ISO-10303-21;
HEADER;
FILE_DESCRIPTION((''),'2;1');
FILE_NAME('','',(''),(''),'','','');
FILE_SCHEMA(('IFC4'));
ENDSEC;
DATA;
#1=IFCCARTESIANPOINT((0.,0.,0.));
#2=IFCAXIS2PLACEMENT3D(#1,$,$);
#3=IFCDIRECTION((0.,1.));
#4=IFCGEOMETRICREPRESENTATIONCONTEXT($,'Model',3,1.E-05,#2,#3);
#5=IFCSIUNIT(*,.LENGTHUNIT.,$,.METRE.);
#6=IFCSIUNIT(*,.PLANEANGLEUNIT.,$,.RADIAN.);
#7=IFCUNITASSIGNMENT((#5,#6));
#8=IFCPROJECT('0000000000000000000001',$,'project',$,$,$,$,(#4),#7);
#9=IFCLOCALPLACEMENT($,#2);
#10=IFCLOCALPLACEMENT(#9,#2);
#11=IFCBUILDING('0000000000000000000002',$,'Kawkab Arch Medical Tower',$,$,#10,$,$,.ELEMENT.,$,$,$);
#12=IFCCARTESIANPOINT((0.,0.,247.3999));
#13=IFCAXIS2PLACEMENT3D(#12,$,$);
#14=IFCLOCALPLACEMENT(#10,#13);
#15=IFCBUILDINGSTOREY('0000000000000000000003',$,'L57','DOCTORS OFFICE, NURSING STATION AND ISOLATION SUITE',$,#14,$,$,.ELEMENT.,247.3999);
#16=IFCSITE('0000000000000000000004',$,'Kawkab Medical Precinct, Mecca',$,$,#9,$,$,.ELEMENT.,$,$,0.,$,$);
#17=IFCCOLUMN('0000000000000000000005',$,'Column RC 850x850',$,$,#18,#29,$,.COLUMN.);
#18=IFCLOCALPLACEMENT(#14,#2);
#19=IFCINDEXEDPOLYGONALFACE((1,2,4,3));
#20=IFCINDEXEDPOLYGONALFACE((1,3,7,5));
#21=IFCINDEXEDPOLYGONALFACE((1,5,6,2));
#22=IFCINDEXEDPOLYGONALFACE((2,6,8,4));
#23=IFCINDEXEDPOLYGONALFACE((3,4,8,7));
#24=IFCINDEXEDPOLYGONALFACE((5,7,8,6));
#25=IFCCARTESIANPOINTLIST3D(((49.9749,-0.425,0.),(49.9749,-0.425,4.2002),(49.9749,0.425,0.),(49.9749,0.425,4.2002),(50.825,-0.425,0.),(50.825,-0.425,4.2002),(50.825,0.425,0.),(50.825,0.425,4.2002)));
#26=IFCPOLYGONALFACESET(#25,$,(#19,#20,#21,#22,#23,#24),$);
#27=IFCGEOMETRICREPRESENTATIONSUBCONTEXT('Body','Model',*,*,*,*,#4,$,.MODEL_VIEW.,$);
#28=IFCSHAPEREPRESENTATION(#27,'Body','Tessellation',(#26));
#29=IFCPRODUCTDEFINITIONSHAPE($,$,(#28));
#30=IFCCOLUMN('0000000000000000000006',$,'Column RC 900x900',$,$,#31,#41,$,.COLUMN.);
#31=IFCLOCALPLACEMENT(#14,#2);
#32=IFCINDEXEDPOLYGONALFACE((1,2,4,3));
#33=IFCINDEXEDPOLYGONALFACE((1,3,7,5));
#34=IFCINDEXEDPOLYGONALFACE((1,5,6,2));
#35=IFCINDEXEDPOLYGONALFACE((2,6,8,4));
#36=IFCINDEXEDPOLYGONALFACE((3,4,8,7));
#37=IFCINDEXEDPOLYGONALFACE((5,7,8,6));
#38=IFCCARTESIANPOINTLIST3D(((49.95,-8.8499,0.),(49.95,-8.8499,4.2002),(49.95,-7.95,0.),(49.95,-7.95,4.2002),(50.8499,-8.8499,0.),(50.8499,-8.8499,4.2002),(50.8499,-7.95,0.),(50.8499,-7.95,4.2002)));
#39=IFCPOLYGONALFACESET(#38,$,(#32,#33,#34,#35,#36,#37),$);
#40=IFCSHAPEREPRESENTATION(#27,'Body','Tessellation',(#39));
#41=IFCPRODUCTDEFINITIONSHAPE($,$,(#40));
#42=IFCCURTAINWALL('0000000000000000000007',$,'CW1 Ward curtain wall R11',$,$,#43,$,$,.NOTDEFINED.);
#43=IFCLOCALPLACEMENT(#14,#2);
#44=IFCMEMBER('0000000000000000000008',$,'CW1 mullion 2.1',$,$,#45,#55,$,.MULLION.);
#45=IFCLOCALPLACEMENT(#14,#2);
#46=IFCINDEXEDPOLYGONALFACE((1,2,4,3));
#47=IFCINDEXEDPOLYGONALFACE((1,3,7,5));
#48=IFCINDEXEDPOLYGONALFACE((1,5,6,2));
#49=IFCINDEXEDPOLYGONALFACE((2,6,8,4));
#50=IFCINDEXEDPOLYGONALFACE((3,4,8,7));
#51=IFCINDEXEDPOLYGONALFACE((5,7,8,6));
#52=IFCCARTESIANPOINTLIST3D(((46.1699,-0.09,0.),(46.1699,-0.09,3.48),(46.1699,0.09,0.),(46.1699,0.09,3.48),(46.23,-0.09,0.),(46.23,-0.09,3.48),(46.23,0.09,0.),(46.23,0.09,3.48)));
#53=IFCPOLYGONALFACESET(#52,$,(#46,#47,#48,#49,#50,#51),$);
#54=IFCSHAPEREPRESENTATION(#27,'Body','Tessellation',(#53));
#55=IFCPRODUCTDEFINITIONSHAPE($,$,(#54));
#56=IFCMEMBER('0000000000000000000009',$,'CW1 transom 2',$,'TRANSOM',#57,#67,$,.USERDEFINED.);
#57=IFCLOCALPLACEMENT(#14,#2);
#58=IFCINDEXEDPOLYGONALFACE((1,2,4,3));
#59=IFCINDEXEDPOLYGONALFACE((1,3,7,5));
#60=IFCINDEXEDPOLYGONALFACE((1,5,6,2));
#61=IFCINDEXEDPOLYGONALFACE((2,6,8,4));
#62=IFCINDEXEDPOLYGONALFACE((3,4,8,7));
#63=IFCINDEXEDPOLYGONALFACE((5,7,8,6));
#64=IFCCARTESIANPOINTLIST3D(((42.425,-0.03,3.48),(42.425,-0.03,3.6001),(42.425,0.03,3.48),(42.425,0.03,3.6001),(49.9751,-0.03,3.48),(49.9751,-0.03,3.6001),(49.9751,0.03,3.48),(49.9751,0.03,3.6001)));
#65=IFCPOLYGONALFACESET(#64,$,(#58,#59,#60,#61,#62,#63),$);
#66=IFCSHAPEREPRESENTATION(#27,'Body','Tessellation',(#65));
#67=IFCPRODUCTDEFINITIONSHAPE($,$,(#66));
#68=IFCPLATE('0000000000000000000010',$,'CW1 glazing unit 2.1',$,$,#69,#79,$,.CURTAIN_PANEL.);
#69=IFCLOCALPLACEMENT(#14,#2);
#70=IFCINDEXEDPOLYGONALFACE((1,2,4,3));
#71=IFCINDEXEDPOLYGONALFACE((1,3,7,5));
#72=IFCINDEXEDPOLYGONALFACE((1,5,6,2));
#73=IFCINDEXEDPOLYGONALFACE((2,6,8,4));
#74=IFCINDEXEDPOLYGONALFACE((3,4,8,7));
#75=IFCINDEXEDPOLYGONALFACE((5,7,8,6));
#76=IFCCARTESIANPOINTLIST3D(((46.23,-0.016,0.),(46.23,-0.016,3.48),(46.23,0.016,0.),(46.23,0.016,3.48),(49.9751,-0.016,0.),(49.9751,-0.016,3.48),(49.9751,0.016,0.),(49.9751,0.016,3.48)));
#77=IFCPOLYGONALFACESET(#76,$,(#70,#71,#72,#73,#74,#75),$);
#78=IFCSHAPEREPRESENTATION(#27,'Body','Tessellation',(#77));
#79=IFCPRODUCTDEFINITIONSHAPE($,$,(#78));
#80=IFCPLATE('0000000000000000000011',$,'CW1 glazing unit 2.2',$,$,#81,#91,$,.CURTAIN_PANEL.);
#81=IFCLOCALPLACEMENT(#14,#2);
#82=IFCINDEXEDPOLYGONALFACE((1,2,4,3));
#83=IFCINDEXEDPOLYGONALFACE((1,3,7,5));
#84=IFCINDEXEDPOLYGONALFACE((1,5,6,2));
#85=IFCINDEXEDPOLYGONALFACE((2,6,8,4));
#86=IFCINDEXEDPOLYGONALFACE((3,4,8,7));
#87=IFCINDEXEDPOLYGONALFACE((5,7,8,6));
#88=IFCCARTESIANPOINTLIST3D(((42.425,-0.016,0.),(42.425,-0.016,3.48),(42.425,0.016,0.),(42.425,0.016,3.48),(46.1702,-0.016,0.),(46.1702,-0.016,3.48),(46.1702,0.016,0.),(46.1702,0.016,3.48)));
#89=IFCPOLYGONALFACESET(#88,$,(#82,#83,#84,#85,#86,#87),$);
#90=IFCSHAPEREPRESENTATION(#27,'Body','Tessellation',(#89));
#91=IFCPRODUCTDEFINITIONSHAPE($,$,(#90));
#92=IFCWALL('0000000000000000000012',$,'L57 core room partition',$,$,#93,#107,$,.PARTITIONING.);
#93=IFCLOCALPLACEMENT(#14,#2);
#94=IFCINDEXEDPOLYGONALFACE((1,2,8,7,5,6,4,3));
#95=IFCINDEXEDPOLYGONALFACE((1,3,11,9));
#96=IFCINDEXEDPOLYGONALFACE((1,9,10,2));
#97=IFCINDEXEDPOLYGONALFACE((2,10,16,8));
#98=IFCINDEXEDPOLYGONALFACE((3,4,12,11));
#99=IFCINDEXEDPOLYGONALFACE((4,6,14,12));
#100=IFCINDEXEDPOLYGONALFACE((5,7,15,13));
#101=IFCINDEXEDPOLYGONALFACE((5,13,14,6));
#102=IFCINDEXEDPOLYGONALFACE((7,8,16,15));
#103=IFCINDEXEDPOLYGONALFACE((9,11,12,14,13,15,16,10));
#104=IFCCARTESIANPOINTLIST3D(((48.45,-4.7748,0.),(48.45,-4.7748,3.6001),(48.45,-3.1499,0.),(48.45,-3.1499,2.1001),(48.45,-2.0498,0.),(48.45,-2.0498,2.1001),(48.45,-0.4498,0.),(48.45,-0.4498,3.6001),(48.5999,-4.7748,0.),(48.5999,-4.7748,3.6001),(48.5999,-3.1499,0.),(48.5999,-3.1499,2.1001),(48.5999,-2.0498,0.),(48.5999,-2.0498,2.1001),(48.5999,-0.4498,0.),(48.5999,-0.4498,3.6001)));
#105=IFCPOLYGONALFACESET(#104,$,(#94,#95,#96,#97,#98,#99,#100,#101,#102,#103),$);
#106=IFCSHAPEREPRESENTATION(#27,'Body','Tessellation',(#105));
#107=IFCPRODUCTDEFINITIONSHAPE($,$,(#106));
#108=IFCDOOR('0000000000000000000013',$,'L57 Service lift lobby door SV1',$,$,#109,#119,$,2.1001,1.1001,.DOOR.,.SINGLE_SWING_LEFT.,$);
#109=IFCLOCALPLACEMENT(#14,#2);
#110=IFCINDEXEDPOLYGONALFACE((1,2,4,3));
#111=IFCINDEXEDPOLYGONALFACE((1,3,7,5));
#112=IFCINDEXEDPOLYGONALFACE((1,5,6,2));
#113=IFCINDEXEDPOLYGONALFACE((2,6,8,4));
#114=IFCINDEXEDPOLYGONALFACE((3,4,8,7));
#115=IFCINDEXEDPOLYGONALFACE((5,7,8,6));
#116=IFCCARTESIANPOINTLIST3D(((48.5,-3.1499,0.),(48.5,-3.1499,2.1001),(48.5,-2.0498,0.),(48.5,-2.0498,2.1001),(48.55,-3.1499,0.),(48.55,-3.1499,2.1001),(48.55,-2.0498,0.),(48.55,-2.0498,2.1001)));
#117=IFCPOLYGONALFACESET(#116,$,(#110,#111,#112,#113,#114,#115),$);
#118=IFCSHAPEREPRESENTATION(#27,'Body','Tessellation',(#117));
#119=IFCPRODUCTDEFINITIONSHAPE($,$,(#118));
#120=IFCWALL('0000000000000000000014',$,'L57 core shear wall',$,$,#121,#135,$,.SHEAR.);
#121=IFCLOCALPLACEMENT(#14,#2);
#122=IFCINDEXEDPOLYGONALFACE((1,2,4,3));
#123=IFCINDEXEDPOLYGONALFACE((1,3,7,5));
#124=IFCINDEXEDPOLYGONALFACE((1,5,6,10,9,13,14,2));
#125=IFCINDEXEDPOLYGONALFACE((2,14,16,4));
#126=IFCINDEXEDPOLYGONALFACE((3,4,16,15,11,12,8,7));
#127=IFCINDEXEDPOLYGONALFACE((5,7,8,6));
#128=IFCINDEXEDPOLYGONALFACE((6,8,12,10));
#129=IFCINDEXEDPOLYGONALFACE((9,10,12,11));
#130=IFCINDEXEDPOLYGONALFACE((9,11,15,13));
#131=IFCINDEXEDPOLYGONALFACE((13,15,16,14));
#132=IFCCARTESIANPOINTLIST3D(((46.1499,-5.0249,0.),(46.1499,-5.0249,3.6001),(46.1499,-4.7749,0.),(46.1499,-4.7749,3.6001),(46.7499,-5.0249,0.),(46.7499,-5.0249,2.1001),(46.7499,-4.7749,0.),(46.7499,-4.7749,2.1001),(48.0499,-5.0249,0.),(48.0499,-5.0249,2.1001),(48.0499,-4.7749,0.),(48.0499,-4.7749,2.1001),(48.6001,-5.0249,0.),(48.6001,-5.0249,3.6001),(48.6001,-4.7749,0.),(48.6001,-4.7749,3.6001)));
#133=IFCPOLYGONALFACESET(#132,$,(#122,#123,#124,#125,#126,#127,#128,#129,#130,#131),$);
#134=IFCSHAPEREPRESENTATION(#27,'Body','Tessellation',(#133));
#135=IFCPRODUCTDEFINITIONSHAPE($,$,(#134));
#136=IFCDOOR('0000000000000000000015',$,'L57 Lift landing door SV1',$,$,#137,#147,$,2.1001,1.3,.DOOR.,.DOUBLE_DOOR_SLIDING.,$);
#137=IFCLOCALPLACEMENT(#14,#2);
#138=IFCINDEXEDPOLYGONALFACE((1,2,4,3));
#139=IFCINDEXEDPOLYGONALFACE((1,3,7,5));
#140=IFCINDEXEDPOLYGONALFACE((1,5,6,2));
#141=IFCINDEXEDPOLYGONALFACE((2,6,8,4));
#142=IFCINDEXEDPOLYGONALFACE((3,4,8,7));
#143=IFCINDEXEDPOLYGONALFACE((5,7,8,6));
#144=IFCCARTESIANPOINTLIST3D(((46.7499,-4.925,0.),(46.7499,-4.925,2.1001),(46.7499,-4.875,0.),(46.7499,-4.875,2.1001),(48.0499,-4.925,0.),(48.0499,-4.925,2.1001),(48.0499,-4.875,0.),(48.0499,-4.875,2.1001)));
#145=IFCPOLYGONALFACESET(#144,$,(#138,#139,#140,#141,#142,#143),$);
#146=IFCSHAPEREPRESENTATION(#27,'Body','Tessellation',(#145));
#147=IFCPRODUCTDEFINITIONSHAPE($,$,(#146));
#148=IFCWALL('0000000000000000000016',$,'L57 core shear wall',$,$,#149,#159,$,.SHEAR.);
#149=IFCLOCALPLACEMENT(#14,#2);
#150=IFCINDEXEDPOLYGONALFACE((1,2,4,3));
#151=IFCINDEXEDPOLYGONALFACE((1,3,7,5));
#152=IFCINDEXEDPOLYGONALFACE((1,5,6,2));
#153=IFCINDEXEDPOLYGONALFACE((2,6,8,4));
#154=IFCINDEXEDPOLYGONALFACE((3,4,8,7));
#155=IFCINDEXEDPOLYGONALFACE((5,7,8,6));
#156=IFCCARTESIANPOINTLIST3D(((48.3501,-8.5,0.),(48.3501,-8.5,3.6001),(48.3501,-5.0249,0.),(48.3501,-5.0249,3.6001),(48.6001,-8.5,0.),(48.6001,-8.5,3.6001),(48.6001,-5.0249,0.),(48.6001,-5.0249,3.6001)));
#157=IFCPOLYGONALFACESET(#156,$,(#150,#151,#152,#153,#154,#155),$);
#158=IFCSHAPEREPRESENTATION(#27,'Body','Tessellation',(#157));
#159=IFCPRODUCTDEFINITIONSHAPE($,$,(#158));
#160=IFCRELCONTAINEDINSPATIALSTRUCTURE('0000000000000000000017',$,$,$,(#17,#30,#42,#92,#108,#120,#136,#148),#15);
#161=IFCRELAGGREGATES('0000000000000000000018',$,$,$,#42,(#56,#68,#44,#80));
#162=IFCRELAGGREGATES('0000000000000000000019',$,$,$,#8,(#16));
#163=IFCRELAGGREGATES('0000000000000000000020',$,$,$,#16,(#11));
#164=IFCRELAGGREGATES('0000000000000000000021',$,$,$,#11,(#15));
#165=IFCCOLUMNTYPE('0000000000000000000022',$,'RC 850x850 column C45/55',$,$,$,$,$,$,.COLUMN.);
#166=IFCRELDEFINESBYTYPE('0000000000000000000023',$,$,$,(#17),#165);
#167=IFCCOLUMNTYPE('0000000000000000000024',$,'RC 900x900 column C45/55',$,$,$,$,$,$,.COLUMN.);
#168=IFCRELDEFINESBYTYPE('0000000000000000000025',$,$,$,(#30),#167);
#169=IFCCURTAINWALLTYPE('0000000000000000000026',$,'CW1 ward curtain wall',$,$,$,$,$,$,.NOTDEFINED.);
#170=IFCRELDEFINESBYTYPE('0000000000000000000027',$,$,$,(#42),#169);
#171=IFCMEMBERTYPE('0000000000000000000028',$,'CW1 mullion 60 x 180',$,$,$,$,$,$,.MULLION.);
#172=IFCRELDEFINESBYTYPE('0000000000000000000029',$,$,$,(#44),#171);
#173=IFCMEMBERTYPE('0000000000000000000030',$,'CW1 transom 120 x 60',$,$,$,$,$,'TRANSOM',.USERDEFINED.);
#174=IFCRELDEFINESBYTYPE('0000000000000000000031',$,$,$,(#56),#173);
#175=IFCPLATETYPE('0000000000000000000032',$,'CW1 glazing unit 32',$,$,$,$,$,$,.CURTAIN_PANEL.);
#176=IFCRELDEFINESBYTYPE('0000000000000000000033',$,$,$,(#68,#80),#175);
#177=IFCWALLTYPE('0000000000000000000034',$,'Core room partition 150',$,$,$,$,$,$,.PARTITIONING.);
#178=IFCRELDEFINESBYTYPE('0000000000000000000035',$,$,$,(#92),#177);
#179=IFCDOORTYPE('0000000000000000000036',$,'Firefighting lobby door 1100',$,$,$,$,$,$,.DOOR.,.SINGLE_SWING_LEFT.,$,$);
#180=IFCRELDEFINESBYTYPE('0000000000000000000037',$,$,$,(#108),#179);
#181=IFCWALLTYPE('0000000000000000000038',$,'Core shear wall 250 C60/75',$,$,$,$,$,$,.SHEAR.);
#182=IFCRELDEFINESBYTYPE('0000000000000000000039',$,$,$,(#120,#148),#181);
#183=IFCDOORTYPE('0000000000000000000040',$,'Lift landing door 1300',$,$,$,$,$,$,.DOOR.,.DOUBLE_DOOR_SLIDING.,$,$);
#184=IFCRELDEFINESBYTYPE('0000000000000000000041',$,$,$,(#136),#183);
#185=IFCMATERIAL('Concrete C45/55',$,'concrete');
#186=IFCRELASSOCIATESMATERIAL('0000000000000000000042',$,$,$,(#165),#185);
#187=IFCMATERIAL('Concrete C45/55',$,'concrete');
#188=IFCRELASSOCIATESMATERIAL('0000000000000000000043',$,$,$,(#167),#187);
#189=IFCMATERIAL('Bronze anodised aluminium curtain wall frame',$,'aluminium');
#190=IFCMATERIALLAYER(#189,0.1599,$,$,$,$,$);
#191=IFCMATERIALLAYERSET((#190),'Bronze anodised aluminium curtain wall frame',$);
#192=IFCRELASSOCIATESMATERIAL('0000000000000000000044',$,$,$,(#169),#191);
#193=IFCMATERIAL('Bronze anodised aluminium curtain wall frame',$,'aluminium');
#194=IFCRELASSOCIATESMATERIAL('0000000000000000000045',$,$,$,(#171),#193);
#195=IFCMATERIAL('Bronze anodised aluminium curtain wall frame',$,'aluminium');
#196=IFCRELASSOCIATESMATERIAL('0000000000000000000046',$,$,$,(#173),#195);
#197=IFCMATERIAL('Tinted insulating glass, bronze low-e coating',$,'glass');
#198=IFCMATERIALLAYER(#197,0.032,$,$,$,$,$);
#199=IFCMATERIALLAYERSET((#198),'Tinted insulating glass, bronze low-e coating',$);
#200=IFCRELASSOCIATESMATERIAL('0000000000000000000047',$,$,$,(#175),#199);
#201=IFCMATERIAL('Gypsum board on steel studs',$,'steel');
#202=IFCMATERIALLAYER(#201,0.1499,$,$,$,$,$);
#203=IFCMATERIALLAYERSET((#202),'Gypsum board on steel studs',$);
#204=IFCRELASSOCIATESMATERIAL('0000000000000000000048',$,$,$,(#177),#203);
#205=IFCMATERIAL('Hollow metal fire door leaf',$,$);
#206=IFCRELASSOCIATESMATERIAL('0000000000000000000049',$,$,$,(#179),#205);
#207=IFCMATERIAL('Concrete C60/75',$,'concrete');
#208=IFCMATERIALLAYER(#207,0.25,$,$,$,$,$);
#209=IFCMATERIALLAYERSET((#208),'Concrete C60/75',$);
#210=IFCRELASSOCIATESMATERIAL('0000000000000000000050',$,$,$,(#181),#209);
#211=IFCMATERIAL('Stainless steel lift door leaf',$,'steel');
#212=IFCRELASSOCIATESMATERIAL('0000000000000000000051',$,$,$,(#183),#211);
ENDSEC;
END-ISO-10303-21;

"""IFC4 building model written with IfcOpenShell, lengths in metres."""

from ifc_helpers import new_model, si_unit, direction, frame, frame_2d, origin, origin_2d, place, context, subcontext, project, spatial, rectangle, extrude, material, layer, layer_set, material_profile, profile_set, type_object, element, fill, aggregate, save


model = new_model("IFC4")

# Units and contexts
model_context = context("Model", 3, precision=1e-05, world=origin(), true_north=direction((0.0, 1.0)))
body_context = subcontext(model_context, "Body", "Model", "MODEL_VIEW")
ifc_project = project(units=[si_unit("LENGTHUNIT", "METRE"), si_unit("PLANEANGLEUNIT", "RADIAN")], contexts=[model_context])

# Site, building, storey
site_placement = place(None, origin())
site = spatial("IfcSite", under=ifc_project, at=site_placement, Name="Kawkab Medical Precinct, Mecca", CompositionType="ELEMENT", RefElevation=0.0)
building_placement = place(site_placement, origin())
building = spatial("IfcBuilding", under=site, at=building_placement, Name="Kawkab Arch Medical Tower", CompositionType="ELEMENT")
storey_placement = place(building_placement, frame((0.0, 0.0, 247.3999)))
storey = spatial("IfcBuildingStorey", under=building, at=storey_placement, Name="L57", Description="DOCTORS OFFICE, NURSING STATION AND ISOLATION SUITE", CompositionType="ELEMENT", Elevation=247.3999)

# Columns
ifc_material_1 = material(Name="Concrete C45/55", Category="concrete")
ifc_material_profile_1 = material_profile(ifc_material_1, rectangle(XDim=0.8501, YDim=0.8501, at=origin_2d()), Name="RC 850x850")
ifc_profile_set_1 = profile_set([ifc_material_profile_1], Name="Concrete C45/55")
column_type_1 = type_object("IfcColumnType", Name="RC 850x850 column C45/55", PredefinedType="COLUMN", material=ifc_profile_set_1)
column_1_placement = place(storey_placement, frame((50.3999, 0.0, 0.0), z_axis=(0.0, 0.0, 1.0), x_axis=(1.0, 0.0, 0.0)))
element("IfcColumn", 1, at=column_1_placement, inside=storey, type_object=column_type_1, Name="Column RC 850x850", PredefinedType="COLUMN", context=body_context, shape_type="SweptSolid", body=[
    extrude(rectangle(XDim=0.8501, YDim=0.8501, at=origin_2d()), origin(), (0.0, 0.0, 1.0), 4.2002),
])
ifc_material_2 = material(Name="Concrete C45/55", Category="concrete")
ifc_material_profile_2 = material_profile(ifc_material_2, rectangle(XDim=0.8999, YDim=0.8999, at=origin_2d()), Name="RC 900x900")
ifc_profile_set_2 = profile_set([ifc_material_profile_2], Name="Concrete C45/55")
column_type_2 = type_object("IfcColumnType", Name="RC 900x900 column C45/55", PredefinedType="COLUMN", material=ifc_profile_set_2)
column_2_placement = place(storey_placement, frame((50.3999, -8.3999, 0.0), z_axis=(0.0, 0.0, 1.0), x_axis=(1.0, 0.0, 0.0)))
element("IfcColumn", 2, at=column_2_placement, inside=storey, type_object=column_type_2, Name="Column RC 900x900", PredefinedType="COLUMN", context=body_context, shape_type="SweptSolid", body=[
    extrude(rectangle(XDim=0.8999, YDim=0.8999, at=origin_2d()), origin(), (0.0, 0.0, 1.0), 4.2002),
])

# Curtain wall, members, plates
ifc_material_3 = material(Name="Bronze anodised aluminium curtain wall frame", Category="aluminium")
ifc_layer_1 = layer(ifc_material_3, 0.1599)
ifc_layer_set_1 = layer_set([ifc_layer_1], Name="Bronze anodised aluminium curtain wall frame")
curtain_wall_type = type_object("IfcCurtainWallType", Name="CW1 ward curtain wall", PredefinedType="NOTDEFINED", material=ifc_layer_set_1)
placement = place(storey_placement, origin())
curtain_wall = element("IfcCurtainWall", 3, at=placement, inside=storey, type_object=curtain_wall_type, Name="CW1 Ward curtain wall R11", PredefinedType="NOTDEFINED")
ifc_material_4 = material(Name="Bronze anodised aluminium curtain wall frame", Category="aluminium")
ifc_material_profile_3 = material_profile(ifc_material_4, rectangle(XDim=0.1799, YDim=0.0601, at=origin_2d()), Name="AL 60x180")
ifc_profile_set_3 = profile_set([ifc_material_profile_3], Name="Bronze anodised aluminium curtain wall frame")
member_type_1 = type_object("IfcMemberType", Name="CW1 mullion 60 x 180", PredefinedType="MULLION", material=ifc_profile_set_3)
member_1_placement = place(storey_placement, frame((46.2, 0.0, 0.0), z_axis=(0.0, 0.0, 1.0), x_axis=(0.0, -1.0, 0.0)))
member_1 = element("IfcMember", 4, at=member_1_placement, type_object=member_type_1, Name="CW1 mullion 2.1", PredefinedType="MULLION", context=body_context, shape_type="SweptSolid", body=[
    extrude(rectangle(XDim=0.1799, YDim=0.0601, at=origin_2d()), origin(), (0.0, 0.0, 1.0), 3.48),
])
ifc_material_5 = material(Name="Bronze anodised aluminium curtain wall frame", Category="aluminium")
ifc_material_profile_4 = material_profile(ifc_material_5, rectangle(XDim=0.0601, YDim=0.1201, at=origin_2d()), Name="AL 60x120")
ifc_profile_set_4 = profile_set([ifc_material_profile_4], Name="Bronze anodised aluminium curtain wall frame")
member_type_2 = type_object("IfcMemberType", Name="CW1 transom 120 x 60", ElementType="TRANSOM", PredefinedType="USERDEFINED", material=ifc_profile_set_4)
member_2_placement = place(storey_placement, frame((49.9751, 0.0, 3.54), z_axis=(-1.0, 0.0, 0.0), x_axis=(0.0, -1.0, 0.0)))
member_2 = element("IfcMember", 5, at=member_2_placement, type_object=member_type_2, Name="CW1 transom 2", ObjectType="TRANSOM", PredefinedType="USERDEFINED", context=body_context, shape_type="SweptSolid", body=[
    extrude(rectangle(XDim=0.0601, YDim=0.1201, at=origin_2d()), origin(), (0.0, 0.0, 1.0), 7.55),
])
ifc_material_6 = material(Name="Tinted insulating glass, bronze low-e coating", Category="glass")
ifc_layer_2 = layer(ifc_material_6, 0.032)
ifc_layer_set_2 = layer_set([ifc_layer_2], Name="Tinted insulating glass, bronze low-e coating")
plate_type = type_object("IfcPlateType", Name="CW1 glazing unit 32", PredefinedType="CURTAIN_PANEL", material=ifc_layer_set_2)
plate_1_placement = place(storey_placement, frame((48.1025, 0.0, 0.0), z_axis=(0.0, 0.0, 1.0), x_axis=(-1.0, 0.0, 0.0)))
plate_1 = element("IfcPlate", 6, at=plate_1_placement, type_object=plate_type, Name="CW1 glazing unit 2.1", PredefinedType="CURTAIN_PANEL", context=body_context, shape_type="SweptSolid", body=[
    extrude(rectangle(XDim=3.7451, YDim=0.032, at=origin_2d()), origin(), (0.0, 0.0, 1.0), 3.48),
])
plate_2_placement = place(storey_placement, frame((44.2976, 0.0, 0.0), z_axis=(0.0, 0.0, 1.0), x_axis=(-1.0, 0.0, 0.0)))
plate_2 = element("IfcPlate", 7, at=plate_2_placement, type_object=plate_type, Name="CW1 glazing unit 2.2", PredefinedType="CURTAIN_PANEL", context=body_context, shape_type="SweptSolid", body=[
    extrude(rectangle(XDim=3.7451, YDim=0.032, at=origin_2d()), origin(), (0.0, 0.0, 1.0), 3.48),
])
aggregate(curtain_wall, [member_2, plate_1, member_1, plate_2])

# Walls, openings, doors
ifc_material_7 = material(Name="Gypsum board on steel studs", Category="steel")
ifc_layer_3 = layer(ifc_material_7, 0.1499)
ifc_layer_set_3 = layer_set([ifc_layer_3], Name="Gypsum board on steel studs")
wall_type_1 = type_object("IfcWallType", Name="Core room partition 150", PredefinedType="PARTITIONING", material=ifc_layer_set_3)
wall_1_placement = place(storey_placement, frame((48.5249, -4.7749, 0.0), z_axis=(0.0, 0.0, 1.0), x_axis=(0.0, 1.0, 0.0)))
wall_1 = element("IfcWall", 8, at=wall_1_placement, inside=storey, type_object=wall_type_1, Name="L57 core room partition", PredefinedType="PARTITIONING", context=body_context, shape_type="SweptSolid", body=[
    extrude(rectangle(XDim=4.325, YDim=0.1499, at=frame_2d((2.1626, 0.0))), origin(), (0.0, 0.0, 1.0), 3.6001),
])
opening_1_placement = place(wall_1_placement, frame((1.625, 0.0, 0.0)))
opening_1 = element("IfcOpeningElement", 9, at=opening_1_placement, cuts=wall_1, PredefinedType="OPENING", context=body_context, shape_type="SweptSolid", body=[
    extrude(rectangle(XDim=1.1001, YDim=2.1001, at=frame_2d((0.55, 1.05))), frame((0.0, 0.085, 0.0), z_axis=(0.0, -1.0, 0.0), x_axis=(1.0, 0.0, 0.0)), (0.0, 0.0, 1.0), 0.1699),
])
ifc_material_8 = material(Name="Hollow metal fire door leaf")
door_type_1 = type_object("IfcDoorType", Name="Firefighting lobby door 1100", OperationType="SINGLE_SWING_LEFT", PredefinedType="DOOR", material=ifc_material_8)
door_1_placement = place(opening_1_placement, origin())
door_1 = element("IfcDoor", 10, at=door_1_placement, inside=storey, type_object=door_type_1, Name="L57 Service lift lobby door SV1", OperationType="SINGLE_SWING_LEFT", OverallHeight=2.1001, OverallWidth=1.1001, PredefinedType="DOOR", context=body_context, shape_type="SweptSolid", body=[
    extrude(rectangle(XDim=1.1001, YDim=2.1001, at=frame_2d((0.55, 1.05))), frame((0.0, 0.0249, 0.0), z_axis=(0.0, -1.0, 0.0), x_axis=(1.0, 0.0, 0.0)), (0.0, 0.0, 1.0), 0.05),
])
fill(opening_1, door_1)
ifc_material_9 = material(Name="Concrete C60/75", Category="concrete")
ifc_layer_4 = layer(ifc_material_9, 0.25)
ifc_layer_set_4 = layer_set([ifc_layer_4], Name="Concrete C60/75")
wall_type_2 = type_object("IfcWallType", Name="Core shear wall 250 C60/75", PredefinedType="SHEAR", material=ifc_layer_set_4)
wall_2_placement = place(storey_placement, frame((46.1499, -4.8999, 0.0), z_axis=(0.0, 0.0, 1.0), x_axis=(1.0, 0.0, 0.0)))
wall_2 = element("IfcWall", 11, at=wall_2_placement, inside=storey, type_object=wall_type_2, Name="L57 core shear wall", PredefinedType="SHEAR", context=body_context, shape_type="SweptSolid", body=[
    extrude(rectangle(XDim=2.4502, YDim=0.25, at=frame_2d((1.2251, 0.0))), origin(), (0.0, 0.0, 1.0), 3.6001),
])
opening_2_placement = place(wall_2_placement, frame((0.6001, 0.0, 0.0)))
opening_2 = element("IfcOpeningElement", 12, at=opening_2_placement, cuts=wall_2, PredefinedType="OPENING", context=body_context, shape_type="SweptSolid", body=[
    extrude(rectangle(XDim=1.3, YDim=2.1001, at=frame_2d((0.6499, 1.05))), frame((0.0, 0.135, 0.0), z_axis=(0.0, -1.0, 0.0), x_axis=(1.0, 0.0, 0.0)), (0.0, 0.0, 1.0), 0.27),
])
ifc_material_10 = material(Name="Stainless steel lift door leaf", Category="steel")
door_type_2 = type_object("IfcDoorType", Name="Lift landing door 1300", OperationType="DOUBLE_DOOR_SLIDING", PredefinedType="DOOR", material=ifc_material_10)
door_2_placement = place(opening_2_placement, origin())
door_2 = element("IfcDoor", 13, at=door_2_placement, inside=storey, type_object=door_type_2, Name="L57 Lift landing door SV1", OperationType="DOUBLE_DOOR_SLIDING", OverallHeight=2.1001, OverallWidth=1.3, PredefinedType="DOOR", context=body_context, shape_type="SweptSolid", body=[
    extrude(rectangle(XDim=1.3, YDim=2.1001, at=frame_2d((0.6499, 1.05))), frame((0.0, 0.0249, 0.0), z_axis=(0.0, -1.0, 0.0), x_axis=(1.0, 0.0, 0.0)), (0.0, 0.0, 1.0), 0.05),
])
fill(opening_2, door_2)

# Wall
wall_3_placement = place(storey_placement, frame((48.4751, -8.5, 0.0), z_axis=(0.0, 0.0, 1.0), x_axis=(0.0, 1.0, 0.0)))
element("IfcWall", 14, at=wall_3_placement, inside=storey, type_object=wall_type_2, Name="L57 core shear wall", PredefinedType="SHEAR", context=body_context, shape_type="SweptSolid", body=[
    extrude(rectangle(XDim=3.4751, YDim=0.25, at=frame_2d((1.7375, 0.0))), origin(), (0.0, 0.0, 1.0), 3.6001),
])

save(model, "model.ifc")
